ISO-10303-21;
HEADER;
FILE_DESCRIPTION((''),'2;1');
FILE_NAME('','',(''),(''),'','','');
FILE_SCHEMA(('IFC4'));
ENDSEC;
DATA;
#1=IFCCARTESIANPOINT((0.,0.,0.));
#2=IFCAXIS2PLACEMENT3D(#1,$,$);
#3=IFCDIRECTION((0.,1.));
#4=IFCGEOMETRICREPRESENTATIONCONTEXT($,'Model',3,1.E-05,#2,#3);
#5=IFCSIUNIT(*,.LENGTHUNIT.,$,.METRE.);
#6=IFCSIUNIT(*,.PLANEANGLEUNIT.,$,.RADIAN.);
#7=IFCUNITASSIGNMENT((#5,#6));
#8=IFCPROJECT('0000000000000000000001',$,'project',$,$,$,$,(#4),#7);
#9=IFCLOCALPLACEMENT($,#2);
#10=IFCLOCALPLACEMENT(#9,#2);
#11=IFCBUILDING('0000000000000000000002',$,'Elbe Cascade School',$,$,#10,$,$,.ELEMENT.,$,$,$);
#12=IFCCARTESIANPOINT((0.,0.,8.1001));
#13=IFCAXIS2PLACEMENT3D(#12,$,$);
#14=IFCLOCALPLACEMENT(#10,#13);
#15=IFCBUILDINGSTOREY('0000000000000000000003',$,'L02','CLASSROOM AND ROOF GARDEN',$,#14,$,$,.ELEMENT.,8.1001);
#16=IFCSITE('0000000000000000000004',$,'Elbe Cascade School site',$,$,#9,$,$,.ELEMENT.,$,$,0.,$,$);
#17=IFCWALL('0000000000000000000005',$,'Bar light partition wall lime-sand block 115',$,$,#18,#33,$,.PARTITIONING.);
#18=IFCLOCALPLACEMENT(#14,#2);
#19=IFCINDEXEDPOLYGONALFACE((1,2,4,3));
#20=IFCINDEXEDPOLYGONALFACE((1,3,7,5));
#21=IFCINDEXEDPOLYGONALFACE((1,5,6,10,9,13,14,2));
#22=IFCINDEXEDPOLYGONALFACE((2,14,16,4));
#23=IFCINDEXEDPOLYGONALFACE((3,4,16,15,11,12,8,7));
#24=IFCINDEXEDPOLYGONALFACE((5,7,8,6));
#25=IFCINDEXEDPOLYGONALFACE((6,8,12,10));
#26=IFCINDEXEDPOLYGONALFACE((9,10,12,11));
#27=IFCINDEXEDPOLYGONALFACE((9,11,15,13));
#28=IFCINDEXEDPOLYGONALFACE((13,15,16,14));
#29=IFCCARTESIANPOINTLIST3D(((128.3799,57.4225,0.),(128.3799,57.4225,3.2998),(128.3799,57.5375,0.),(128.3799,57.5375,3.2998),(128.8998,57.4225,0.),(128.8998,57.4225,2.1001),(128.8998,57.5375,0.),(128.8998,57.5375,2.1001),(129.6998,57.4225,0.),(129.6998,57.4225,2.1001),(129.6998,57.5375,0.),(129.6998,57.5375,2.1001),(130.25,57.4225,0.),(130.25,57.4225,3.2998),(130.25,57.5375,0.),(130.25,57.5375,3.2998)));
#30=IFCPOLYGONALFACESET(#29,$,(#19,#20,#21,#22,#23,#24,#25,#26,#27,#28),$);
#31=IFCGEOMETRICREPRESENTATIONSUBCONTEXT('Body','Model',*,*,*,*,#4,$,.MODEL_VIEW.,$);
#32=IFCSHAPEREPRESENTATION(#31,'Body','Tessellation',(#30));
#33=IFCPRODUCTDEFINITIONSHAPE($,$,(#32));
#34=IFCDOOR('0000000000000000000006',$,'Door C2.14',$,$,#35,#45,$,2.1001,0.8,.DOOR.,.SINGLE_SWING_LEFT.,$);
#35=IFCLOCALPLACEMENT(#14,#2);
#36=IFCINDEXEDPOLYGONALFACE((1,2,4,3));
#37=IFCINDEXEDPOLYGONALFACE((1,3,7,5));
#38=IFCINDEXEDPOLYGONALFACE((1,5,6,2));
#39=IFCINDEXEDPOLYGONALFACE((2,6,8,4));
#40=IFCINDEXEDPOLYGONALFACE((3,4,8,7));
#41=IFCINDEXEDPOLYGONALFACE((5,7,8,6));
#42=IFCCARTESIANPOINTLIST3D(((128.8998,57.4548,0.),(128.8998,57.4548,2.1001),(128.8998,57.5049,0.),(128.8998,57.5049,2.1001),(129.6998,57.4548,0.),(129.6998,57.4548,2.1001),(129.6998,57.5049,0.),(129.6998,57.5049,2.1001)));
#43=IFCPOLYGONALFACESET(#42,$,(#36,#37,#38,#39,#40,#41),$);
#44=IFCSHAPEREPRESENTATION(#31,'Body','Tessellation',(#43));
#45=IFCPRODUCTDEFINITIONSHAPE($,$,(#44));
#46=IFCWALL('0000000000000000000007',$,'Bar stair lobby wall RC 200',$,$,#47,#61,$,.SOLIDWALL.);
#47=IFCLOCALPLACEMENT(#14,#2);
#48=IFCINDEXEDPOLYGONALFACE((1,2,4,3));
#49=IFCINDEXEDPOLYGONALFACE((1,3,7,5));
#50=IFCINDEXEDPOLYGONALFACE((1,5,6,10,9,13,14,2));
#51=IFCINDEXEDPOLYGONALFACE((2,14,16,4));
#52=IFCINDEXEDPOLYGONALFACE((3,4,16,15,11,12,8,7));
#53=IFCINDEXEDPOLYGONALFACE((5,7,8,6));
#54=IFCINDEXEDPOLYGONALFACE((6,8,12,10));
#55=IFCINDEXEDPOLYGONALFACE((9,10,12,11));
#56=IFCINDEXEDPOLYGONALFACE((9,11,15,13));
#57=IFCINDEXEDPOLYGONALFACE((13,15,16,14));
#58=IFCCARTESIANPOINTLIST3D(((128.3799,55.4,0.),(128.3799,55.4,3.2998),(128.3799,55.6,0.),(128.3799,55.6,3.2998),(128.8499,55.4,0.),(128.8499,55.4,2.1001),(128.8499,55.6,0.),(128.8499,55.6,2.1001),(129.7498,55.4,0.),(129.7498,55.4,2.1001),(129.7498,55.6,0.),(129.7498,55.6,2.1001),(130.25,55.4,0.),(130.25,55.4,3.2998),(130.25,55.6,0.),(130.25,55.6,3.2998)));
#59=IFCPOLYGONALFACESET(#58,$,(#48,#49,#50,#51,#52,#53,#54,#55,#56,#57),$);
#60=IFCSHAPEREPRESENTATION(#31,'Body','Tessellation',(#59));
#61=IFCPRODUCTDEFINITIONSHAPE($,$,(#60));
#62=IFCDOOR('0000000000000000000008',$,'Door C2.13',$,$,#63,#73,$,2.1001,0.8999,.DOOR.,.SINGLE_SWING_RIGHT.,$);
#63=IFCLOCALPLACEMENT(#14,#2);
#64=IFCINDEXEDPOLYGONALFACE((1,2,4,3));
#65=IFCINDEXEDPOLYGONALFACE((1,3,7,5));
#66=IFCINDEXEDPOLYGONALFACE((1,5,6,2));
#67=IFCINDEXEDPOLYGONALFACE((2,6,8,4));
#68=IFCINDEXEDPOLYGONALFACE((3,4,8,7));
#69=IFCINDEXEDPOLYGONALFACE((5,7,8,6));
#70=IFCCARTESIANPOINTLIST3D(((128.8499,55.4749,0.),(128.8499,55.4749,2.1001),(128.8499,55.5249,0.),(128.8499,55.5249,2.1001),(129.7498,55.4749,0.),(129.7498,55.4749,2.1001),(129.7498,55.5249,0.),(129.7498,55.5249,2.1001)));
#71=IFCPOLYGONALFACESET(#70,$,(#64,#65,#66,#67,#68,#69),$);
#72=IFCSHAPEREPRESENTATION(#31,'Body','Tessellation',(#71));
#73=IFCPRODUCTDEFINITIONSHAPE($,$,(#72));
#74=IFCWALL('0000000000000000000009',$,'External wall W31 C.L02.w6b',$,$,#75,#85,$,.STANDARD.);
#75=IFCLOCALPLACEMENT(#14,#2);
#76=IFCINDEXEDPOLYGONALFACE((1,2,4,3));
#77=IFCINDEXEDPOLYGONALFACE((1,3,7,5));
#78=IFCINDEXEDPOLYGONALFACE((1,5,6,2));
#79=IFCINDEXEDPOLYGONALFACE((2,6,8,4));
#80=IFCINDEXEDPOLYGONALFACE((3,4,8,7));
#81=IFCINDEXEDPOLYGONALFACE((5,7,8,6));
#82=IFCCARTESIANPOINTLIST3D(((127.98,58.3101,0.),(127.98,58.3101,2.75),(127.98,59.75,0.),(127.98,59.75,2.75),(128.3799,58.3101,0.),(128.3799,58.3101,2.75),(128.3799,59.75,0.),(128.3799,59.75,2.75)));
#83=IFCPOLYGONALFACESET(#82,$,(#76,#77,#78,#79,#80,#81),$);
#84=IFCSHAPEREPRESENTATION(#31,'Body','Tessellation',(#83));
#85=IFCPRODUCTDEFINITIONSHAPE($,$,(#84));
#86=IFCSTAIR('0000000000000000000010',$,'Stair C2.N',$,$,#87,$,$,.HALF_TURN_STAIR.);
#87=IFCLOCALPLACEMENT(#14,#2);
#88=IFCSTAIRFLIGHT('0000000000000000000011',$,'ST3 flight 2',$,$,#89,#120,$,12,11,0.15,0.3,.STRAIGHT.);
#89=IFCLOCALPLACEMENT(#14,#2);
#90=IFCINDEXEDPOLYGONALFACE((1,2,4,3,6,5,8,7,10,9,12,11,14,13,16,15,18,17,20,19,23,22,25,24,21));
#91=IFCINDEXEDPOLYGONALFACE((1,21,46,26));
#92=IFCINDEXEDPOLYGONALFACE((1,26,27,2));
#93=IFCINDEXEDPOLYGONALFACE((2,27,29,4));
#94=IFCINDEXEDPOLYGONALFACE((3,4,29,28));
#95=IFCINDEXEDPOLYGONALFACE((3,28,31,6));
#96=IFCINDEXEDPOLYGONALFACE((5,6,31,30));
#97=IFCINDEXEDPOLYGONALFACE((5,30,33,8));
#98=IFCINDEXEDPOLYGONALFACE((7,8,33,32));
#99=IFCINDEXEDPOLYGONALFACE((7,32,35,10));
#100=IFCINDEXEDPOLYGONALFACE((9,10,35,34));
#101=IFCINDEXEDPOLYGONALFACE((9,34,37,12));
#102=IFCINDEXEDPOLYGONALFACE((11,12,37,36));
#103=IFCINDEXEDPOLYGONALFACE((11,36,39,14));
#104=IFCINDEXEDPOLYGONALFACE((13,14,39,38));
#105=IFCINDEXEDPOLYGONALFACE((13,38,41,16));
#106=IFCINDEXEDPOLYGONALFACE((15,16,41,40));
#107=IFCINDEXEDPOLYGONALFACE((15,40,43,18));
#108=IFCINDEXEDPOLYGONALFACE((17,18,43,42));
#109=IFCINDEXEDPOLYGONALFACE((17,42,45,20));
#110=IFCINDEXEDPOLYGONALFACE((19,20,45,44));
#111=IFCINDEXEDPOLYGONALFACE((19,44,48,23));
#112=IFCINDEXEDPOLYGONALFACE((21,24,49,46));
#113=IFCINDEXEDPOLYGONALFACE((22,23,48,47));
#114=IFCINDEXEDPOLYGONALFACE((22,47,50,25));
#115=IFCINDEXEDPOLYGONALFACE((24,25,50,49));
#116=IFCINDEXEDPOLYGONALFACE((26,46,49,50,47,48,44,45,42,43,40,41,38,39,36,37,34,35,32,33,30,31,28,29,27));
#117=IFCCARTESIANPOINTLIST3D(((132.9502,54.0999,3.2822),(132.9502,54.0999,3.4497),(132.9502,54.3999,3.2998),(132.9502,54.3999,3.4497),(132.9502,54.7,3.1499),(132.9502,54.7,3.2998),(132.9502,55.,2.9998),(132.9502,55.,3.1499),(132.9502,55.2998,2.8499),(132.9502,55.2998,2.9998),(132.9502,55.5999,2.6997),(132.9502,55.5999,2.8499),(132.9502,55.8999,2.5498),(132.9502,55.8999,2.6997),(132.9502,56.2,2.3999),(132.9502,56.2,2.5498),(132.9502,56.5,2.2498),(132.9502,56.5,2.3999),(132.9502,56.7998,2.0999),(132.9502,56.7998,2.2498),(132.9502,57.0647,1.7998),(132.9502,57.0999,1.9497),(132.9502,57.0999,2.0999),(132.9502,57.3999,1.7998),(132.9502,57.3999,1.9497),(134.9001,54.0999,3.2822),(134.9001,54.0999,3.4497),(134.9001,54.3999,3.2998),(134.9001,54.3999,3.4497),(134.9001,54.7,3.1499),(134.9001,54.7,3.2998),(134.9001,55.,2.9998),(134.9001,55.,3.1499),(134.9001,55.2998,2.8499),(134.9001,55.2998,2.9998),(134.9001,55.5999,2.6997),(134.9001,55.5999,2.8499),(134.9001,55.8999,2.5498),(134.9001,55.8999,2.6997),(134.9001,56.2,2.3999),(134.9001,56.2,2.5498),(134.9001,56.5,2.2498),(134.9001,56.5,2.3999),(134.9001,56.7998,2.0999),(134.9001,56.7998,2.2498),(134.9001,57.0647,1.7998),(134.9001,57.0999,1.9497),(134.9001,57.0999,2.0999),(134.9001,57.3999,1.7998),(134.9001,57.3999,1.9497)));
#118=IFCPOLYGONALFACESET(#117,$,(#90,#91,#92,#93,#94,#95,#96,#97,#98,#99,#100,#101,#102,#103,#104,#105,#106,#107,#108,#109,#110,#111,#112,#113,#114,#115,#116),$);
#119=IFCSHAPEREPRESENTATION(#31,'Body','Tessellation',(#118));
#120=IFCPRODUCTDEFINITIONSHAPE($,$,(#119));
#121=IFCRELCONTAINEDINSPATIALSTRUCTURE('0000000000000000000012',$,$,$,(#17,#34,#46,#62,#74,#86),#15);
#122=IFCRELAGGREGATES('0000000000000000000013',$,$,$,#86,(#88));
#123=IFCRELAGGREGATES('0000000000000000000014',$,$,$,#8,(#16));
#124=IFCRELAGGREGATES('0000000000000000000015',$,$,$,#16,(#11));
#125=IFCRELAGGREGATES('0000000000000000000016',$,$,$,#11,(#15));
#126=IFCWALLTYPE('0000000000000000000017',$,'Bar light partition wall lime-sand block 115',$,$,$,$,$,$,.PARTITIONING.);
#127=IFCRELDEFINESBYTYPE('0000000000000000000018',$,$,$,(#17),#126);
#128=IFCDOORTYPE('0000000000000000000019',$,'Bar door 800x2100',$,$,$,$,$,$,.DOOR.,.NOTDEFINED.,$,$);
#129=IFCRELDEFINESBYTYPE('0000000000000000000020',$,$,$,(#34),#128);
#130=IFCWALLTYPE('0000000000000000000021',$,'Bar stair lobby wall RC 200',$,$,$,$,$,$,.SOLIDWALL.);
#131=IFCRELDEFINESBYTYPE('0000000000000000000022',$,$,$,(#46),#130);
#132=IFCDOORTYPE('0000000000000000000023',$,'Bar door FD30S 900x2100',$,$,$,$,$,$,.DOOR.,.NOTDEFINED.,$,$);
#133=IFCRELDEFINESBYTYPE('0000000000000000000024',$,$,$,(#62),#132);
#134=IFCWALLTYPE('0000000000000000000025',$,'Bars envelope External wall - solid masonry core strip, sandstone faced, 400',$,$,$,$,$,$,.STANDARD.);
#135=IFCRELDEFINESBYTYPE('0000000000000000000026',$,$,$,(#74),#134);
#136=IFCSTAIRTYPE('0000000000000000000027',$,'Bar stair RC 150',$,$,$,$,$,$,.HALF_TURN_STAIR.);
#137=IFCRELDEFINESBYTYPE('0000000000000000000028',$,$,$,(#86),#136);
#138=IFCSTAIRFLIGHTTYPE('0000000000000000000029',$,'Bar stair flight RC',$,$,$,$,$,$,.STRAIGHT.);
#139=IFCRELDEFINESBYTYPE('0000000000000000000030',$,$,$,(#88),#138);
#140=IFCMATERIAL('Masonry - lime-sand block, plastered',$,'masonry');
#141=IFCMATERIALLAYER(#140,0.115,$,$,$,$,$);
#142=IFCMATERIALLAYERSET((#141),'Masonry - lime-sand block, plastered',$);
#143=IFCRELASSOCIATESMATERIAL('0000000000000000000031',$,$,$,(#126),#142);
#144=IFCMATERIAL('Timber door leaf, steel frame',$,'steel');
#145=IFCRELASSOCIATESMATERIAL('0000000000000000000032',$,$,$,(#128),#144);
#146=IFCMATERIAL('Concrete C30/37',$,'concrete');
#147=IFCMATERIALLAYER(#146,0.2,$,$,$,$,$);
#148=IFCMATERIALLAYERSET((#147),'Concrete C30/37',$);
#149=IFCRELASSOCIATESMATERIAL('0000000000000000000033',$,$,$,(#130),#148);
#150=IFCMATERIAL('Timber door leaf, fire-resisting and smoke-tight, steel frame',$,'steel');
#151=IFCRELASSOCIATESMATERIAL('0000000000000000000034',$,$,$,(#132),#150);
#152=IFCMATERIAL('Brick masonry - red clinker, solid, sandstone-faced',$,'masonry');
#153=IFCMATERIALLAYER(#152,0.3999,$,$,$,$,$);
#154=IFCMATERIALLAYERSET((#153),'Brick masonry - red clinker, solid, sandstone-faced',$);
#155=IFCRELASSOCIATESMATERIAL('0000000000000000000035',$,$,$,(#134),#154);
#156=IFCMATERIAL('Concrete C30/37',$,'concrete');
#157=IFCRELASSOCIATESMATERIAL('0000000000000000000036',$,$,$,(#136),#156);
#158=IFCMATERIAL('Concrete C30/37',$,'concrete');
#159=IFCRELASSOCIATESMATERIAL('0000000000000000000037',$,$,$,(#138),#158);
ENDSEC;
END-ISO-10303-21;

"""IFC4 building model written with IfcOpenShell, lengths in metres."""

from ifc_helpers import new_model, si_unit, direction, frame, frame_2d, origin, place, context, subcontext, project, spatial, polyline, rectangle, outline, extrude, material, layer, layer_set, type_object, element, fill, aggregate, save


model = new_model("IFC4")

# Units and contexts
model_context = context("Model", 3, precision=1e-05, world=origin(), true_north=direction((0.0, 1.0)))
body_context = subcontext(model_context, "Body", "Model", "MODEL_VIEW")
ifc_project = project(units=[si_unit("LENGTHUNIT", "METRE"), si_unit("PLANEANGLEUNIT", "RADIAN")], contexts=[model_context])

# Site, building, storey
site_placement = place(None, origin())
site = spatial("IfcSite", under=ifc_project, at=site_placement, Name="Elbe Cascade School site", CompositionType="ELEMENT", RefElevation=0.0)
building_placement = place(site_placement, origin())
building = spatial("IfcBuilding", under=site, at=building_placement, Name="Elbe Cascade School", CompositionType="ELEMENT")
storey_placement = place(building_placement, frame((0.0, 0.0, 8.1001)))
storey = spatial("IfcBuildingStorey", under=building, at=storey_placement, Name="L02", Description="CLASSROOM AND ROOF GARDEN", CompositionType="ELEMENT", Elevation=8.1001)

# Walls, openings, doors
ifc_material_1 = material(Name="Masonry - lime-sand block, plastered", Category="masonry")
ifc_layer_1 = layer(ifc_material_1, 0.115)
ifc_layer_set_1 = layer_set([ifc_layer_1], Name="Masonry - lime-sand block, plastered")
wall_type_1 = type_object("IfcWallType", Name="Bar light partition wall lime-sand block 115", PredefinedType="PARTITIONING", material=ifc_layer_set_1)
wall_1_placement = place(storey_placement, frame((128.3799, 57.48, 0.0), z_axis=(0.0, 0.0, 1.0), x_axis=(1.0, 0.0, 0.0)))
wall_1 = element("IfcWall", 1, at=wall_1_placement, inside=storey, type_object=wall_type_1, Name="Bar light partition wall lime-sand block 115", PredefinedType="PARTITIONING", context=body_context, shape_type="SweptSolid", body=[
    extrude(rectangle(XDim=1.8701, YDim=0.115, at=frame_2d((0.9351, 0.0))), origin(), (0.0, 0.0, 1.0), 3.2998),
])
opening_1_placement = place(wall_1_placement, frame((0.52, 0.0, 0.0)))
opening_1 = element("IfcOpeningElement", 2, at=opening_1_placement, cuts=wall_1, PredefinedType="OPENING", context=body_context, shape_type="SweptSolid", body=[
    extrude(rectangle(XDim=0.8, YDim=2.1001, at=frame_2d((0.3999, 1.05))), frame((0.0, 0.0674, 0.0), z_axis=(0.0, -1.0, 0.0), x_axis=(1.0, 0.0, 0.0)), (0.0, 0.0, 1.0), 0.135),
])
ifc_material_2 = material(Name="Timber door leaf, steel frame", Category="steel")
door_type_1 = type_object("IfcDoorType", Name="Bar door 800x2100", OperationType="NOTDEFINED", PredefinedType="DOOR", material=ifc_material_2)
door_1_placement = place(opening_1_placement, origin())
door_1 = element("IfcDoor", 3, at=door_1_placement, inside=storey, type_object=door_type_1, Name="Door C2.14", OperationType="SINGLE_SWING_LEFT", OverallHeight=2.1001, OverallWidth=0.8, PredefinedType="DOOR", context=body_context, shape_type="SweptSolid", body=[
    extrude(rectangle(XDim=0.8, YDim=2.1001, at=frame_2d((0.3999, 1.05))), frame((0.0, 0.0249, 0.0), z_axis=(0.0, -1.0, 0.0), x_axis=(1.0, 0.0, 0.0)), (0.0, 0.0, 1.0), 0.05),
])
fill(opening_1, door_1)
ifc_material_3 = material(Name="Concrete C30/37", Category="concrete")
ifc_layer_2 = layer(ifc_material_3, 0.2)
ifc_layer_set_2 = layer_set([ifc_layer_2], Name="Concrete C30/37")
wall_type_2 = type_object("IfcWallType", Name="Bar stair lobby wall RC 200", PredefinedType="SOLIDWALL", material=ifc_layer_set_2)
wall_2_placement = place(storey_placement, frame((128.3799, 55.5, 0.0), z_axis=(0.0, 0.0, 1.0), x_axis=(1.0, 0.0, 0.0)))
wall_2 = element("IfcWall", 4, at=wall_2_placement, inside=storey, type_object=wall_type_2, Name="Bar stair lobby wall RC 200", PredefinedType="SOLIDWALL", context=body_context, shape_type="SweptSolid", body=[
    extrude(rectangle(XDim=1.8701, YDim=0.2, at=frame_2d((0.9351, 0.0))), origin(), (0.0, 0.0, 1.0), 3.2998),
])
opening_2_placement = place(wall_2_placement, frame((0.47, 0.0, 0.0)))
opening_2 = element("IfcOpeningElement", 5, at=opening_2_placement, cuts=wall_2, PredefinedType="OPENING", context=body_context, shape_type="SweptSolid", body=[
    extrude(rectangle(XDim=0.8999, YDim=2.1001, at=frame_2d((0.45, 1.05))), frame((0.0, 0.1099, 0.0), z_axis=(0.0, -1.0, 0.0), x_axis=(1.0, 0.0, 0.0)), (0.0, 0.0, 1.0), 0.22),
])
ifc_material_4 = material(Name="Timber door leaf, fire-resisting and smoke-tight, steel frame", Category="steel")
door_type_2 = type_object("IfcDoorType", Name="Bar door FD30S 900x2100", OperationType="NOTDEFINED", PredefinedType="DOOR", material=ifc_material_4)
door_2_placement = place(opening_2_placement, origin())
door_2 = element("IfcDoor", 6, at=door_2_placement, inside=storey, type_object=door_type_2, Name="Door C2.13", OperationType="SINGLE_SWING_RIGHT", OverallHeight=2.1001, OverallWidth=0.8999, PredefinedType="DOOR", context=body_context, shape_type="SweptSolid", body=[
    extrude(rectangle(XDim=0.8999, YDim=2.1001, at=frame_2d((0.45, 1.05))), frame((0.0, 0.0249, 0.0), z_axis=(0.0, -1.0, 0.0), x_axis=(1.0, 0.0, 0.0)), (0.0, 0.0, 1.0), 0.05),
])
fill(opening_2, door_2)

# Wall
ifc_material_5 = material(Name="Brick masonry - red clinker, solid, sandstone-faced", Category="masonry")
ifc_layer_3 = layer(ifc_material_5, 0.3999)
ifc_layer_set_3 = layer_set([ifc_layer_3], Name="Brick masonry - red clinker, solid, sandstone-faced")
wall_type_3 = type_object("IfcWallType", Name="Bars envelope External wall - solid masonry core strip, sandstone faced, 400", PredefinedType="STANDARD", material=ifc_layer_set_3)
wall_3_placement = place(storey_placement, frame((128.1799, 58.3101, 0.0), z_axis=(0.0, 0.0, 1.0), x_axis=(0.0, 1.0, 0.0)))
element("IfcWall", 7, at=wall_3_placement, inside=storey, type_object=wall_type_3, Name="External wall W31 C.L02.w6b", PredefinedType="STANDARD", context=body_context, shape_type="SweptSolid", body=[
    extrude(rectangle(XDim=1.4399, YDim=0.3999, at=frame_2d((0.72, 0.0))), origin(), (0.0, 0.0, 1.0), 2.75),
])

# Stair, stair flight
ifc_material_6 = material(Name="Concrete C30/37", Category="concrete")
stair_type = type_object("IfcStairType", Name="Bar stair RC 150", PredefinedType="HALF_TURN_STAIR", material=ifc_material_6)
stair_placement = place(storey_placement, origin())
stair = element("IfcStair", 8, at=stair_placement, inside=storey, type_object=stair_type, Name="Stair C2.N", PredefinedType="HALF_TURN_STAIR")
ifc_material_7 = material(Name="Concrete C30/37", Category="concrete")
stair_flight_type = type_object("IfcStairFlightType", Name="Bar stair flight RC", PredefinedType="STRAIGHT", material=ifc_material_7)
stair_flight_placement = place(storey_placement, frame((133.925, 57.3999, 1.7998), z_axis=(0.0, 0.0, 1.0), x_axis=(0.0, -1.0, 0.0)))
stair_flight = element("IfcStairFlight", 9, at=stair_flight_placement, type_object=stair_flight_type, Name="ST3 flight 2", NumberOfRisers=12, NumberOfTreads=11, PredefinedType="STRAIGHT", RiserHeight=0.15, TreadLength=0.3, context=body_context, shape_type="SweptSolid", body=[
    extrude(outline(polyline([(0.0, 0.0), (0.0, 0.1499), (0.3, 0.1499), (0.3, 0.3), (0.6001, 0.3), (0.6001, 0.45), (0.8999, 0.45), (0.8999, 0.6001), (1.2, 0.6001), (1.2, 0.75), (1.5, 0.75), (1.5, 0.8999), (1.8, 0.8999), (1.8, 1.05), (2.1001, 1.05), (2.1001, 1.2), (2.3999, 1.2), (2.3999, 1.3501), (2.7, 1.3501), (2.7, 1.5), (3.0, 1.5), (3.0, 1.6499), (3.3, 1.6499), (3.3, 1.8), (3.3, 1.4824), (0.3352, 0.0), (0.0, 0.0)])), frame((0.0, 0.9751, 0.0), z_axis=(0.0, -1.0, 0.0), x_axis=(1.0, 0.0, 0.0)), (0.0, 0.0, 1.0), 1.95),
])
aggregate(stair, [stair_flight])

save(model, "model.ifc")
